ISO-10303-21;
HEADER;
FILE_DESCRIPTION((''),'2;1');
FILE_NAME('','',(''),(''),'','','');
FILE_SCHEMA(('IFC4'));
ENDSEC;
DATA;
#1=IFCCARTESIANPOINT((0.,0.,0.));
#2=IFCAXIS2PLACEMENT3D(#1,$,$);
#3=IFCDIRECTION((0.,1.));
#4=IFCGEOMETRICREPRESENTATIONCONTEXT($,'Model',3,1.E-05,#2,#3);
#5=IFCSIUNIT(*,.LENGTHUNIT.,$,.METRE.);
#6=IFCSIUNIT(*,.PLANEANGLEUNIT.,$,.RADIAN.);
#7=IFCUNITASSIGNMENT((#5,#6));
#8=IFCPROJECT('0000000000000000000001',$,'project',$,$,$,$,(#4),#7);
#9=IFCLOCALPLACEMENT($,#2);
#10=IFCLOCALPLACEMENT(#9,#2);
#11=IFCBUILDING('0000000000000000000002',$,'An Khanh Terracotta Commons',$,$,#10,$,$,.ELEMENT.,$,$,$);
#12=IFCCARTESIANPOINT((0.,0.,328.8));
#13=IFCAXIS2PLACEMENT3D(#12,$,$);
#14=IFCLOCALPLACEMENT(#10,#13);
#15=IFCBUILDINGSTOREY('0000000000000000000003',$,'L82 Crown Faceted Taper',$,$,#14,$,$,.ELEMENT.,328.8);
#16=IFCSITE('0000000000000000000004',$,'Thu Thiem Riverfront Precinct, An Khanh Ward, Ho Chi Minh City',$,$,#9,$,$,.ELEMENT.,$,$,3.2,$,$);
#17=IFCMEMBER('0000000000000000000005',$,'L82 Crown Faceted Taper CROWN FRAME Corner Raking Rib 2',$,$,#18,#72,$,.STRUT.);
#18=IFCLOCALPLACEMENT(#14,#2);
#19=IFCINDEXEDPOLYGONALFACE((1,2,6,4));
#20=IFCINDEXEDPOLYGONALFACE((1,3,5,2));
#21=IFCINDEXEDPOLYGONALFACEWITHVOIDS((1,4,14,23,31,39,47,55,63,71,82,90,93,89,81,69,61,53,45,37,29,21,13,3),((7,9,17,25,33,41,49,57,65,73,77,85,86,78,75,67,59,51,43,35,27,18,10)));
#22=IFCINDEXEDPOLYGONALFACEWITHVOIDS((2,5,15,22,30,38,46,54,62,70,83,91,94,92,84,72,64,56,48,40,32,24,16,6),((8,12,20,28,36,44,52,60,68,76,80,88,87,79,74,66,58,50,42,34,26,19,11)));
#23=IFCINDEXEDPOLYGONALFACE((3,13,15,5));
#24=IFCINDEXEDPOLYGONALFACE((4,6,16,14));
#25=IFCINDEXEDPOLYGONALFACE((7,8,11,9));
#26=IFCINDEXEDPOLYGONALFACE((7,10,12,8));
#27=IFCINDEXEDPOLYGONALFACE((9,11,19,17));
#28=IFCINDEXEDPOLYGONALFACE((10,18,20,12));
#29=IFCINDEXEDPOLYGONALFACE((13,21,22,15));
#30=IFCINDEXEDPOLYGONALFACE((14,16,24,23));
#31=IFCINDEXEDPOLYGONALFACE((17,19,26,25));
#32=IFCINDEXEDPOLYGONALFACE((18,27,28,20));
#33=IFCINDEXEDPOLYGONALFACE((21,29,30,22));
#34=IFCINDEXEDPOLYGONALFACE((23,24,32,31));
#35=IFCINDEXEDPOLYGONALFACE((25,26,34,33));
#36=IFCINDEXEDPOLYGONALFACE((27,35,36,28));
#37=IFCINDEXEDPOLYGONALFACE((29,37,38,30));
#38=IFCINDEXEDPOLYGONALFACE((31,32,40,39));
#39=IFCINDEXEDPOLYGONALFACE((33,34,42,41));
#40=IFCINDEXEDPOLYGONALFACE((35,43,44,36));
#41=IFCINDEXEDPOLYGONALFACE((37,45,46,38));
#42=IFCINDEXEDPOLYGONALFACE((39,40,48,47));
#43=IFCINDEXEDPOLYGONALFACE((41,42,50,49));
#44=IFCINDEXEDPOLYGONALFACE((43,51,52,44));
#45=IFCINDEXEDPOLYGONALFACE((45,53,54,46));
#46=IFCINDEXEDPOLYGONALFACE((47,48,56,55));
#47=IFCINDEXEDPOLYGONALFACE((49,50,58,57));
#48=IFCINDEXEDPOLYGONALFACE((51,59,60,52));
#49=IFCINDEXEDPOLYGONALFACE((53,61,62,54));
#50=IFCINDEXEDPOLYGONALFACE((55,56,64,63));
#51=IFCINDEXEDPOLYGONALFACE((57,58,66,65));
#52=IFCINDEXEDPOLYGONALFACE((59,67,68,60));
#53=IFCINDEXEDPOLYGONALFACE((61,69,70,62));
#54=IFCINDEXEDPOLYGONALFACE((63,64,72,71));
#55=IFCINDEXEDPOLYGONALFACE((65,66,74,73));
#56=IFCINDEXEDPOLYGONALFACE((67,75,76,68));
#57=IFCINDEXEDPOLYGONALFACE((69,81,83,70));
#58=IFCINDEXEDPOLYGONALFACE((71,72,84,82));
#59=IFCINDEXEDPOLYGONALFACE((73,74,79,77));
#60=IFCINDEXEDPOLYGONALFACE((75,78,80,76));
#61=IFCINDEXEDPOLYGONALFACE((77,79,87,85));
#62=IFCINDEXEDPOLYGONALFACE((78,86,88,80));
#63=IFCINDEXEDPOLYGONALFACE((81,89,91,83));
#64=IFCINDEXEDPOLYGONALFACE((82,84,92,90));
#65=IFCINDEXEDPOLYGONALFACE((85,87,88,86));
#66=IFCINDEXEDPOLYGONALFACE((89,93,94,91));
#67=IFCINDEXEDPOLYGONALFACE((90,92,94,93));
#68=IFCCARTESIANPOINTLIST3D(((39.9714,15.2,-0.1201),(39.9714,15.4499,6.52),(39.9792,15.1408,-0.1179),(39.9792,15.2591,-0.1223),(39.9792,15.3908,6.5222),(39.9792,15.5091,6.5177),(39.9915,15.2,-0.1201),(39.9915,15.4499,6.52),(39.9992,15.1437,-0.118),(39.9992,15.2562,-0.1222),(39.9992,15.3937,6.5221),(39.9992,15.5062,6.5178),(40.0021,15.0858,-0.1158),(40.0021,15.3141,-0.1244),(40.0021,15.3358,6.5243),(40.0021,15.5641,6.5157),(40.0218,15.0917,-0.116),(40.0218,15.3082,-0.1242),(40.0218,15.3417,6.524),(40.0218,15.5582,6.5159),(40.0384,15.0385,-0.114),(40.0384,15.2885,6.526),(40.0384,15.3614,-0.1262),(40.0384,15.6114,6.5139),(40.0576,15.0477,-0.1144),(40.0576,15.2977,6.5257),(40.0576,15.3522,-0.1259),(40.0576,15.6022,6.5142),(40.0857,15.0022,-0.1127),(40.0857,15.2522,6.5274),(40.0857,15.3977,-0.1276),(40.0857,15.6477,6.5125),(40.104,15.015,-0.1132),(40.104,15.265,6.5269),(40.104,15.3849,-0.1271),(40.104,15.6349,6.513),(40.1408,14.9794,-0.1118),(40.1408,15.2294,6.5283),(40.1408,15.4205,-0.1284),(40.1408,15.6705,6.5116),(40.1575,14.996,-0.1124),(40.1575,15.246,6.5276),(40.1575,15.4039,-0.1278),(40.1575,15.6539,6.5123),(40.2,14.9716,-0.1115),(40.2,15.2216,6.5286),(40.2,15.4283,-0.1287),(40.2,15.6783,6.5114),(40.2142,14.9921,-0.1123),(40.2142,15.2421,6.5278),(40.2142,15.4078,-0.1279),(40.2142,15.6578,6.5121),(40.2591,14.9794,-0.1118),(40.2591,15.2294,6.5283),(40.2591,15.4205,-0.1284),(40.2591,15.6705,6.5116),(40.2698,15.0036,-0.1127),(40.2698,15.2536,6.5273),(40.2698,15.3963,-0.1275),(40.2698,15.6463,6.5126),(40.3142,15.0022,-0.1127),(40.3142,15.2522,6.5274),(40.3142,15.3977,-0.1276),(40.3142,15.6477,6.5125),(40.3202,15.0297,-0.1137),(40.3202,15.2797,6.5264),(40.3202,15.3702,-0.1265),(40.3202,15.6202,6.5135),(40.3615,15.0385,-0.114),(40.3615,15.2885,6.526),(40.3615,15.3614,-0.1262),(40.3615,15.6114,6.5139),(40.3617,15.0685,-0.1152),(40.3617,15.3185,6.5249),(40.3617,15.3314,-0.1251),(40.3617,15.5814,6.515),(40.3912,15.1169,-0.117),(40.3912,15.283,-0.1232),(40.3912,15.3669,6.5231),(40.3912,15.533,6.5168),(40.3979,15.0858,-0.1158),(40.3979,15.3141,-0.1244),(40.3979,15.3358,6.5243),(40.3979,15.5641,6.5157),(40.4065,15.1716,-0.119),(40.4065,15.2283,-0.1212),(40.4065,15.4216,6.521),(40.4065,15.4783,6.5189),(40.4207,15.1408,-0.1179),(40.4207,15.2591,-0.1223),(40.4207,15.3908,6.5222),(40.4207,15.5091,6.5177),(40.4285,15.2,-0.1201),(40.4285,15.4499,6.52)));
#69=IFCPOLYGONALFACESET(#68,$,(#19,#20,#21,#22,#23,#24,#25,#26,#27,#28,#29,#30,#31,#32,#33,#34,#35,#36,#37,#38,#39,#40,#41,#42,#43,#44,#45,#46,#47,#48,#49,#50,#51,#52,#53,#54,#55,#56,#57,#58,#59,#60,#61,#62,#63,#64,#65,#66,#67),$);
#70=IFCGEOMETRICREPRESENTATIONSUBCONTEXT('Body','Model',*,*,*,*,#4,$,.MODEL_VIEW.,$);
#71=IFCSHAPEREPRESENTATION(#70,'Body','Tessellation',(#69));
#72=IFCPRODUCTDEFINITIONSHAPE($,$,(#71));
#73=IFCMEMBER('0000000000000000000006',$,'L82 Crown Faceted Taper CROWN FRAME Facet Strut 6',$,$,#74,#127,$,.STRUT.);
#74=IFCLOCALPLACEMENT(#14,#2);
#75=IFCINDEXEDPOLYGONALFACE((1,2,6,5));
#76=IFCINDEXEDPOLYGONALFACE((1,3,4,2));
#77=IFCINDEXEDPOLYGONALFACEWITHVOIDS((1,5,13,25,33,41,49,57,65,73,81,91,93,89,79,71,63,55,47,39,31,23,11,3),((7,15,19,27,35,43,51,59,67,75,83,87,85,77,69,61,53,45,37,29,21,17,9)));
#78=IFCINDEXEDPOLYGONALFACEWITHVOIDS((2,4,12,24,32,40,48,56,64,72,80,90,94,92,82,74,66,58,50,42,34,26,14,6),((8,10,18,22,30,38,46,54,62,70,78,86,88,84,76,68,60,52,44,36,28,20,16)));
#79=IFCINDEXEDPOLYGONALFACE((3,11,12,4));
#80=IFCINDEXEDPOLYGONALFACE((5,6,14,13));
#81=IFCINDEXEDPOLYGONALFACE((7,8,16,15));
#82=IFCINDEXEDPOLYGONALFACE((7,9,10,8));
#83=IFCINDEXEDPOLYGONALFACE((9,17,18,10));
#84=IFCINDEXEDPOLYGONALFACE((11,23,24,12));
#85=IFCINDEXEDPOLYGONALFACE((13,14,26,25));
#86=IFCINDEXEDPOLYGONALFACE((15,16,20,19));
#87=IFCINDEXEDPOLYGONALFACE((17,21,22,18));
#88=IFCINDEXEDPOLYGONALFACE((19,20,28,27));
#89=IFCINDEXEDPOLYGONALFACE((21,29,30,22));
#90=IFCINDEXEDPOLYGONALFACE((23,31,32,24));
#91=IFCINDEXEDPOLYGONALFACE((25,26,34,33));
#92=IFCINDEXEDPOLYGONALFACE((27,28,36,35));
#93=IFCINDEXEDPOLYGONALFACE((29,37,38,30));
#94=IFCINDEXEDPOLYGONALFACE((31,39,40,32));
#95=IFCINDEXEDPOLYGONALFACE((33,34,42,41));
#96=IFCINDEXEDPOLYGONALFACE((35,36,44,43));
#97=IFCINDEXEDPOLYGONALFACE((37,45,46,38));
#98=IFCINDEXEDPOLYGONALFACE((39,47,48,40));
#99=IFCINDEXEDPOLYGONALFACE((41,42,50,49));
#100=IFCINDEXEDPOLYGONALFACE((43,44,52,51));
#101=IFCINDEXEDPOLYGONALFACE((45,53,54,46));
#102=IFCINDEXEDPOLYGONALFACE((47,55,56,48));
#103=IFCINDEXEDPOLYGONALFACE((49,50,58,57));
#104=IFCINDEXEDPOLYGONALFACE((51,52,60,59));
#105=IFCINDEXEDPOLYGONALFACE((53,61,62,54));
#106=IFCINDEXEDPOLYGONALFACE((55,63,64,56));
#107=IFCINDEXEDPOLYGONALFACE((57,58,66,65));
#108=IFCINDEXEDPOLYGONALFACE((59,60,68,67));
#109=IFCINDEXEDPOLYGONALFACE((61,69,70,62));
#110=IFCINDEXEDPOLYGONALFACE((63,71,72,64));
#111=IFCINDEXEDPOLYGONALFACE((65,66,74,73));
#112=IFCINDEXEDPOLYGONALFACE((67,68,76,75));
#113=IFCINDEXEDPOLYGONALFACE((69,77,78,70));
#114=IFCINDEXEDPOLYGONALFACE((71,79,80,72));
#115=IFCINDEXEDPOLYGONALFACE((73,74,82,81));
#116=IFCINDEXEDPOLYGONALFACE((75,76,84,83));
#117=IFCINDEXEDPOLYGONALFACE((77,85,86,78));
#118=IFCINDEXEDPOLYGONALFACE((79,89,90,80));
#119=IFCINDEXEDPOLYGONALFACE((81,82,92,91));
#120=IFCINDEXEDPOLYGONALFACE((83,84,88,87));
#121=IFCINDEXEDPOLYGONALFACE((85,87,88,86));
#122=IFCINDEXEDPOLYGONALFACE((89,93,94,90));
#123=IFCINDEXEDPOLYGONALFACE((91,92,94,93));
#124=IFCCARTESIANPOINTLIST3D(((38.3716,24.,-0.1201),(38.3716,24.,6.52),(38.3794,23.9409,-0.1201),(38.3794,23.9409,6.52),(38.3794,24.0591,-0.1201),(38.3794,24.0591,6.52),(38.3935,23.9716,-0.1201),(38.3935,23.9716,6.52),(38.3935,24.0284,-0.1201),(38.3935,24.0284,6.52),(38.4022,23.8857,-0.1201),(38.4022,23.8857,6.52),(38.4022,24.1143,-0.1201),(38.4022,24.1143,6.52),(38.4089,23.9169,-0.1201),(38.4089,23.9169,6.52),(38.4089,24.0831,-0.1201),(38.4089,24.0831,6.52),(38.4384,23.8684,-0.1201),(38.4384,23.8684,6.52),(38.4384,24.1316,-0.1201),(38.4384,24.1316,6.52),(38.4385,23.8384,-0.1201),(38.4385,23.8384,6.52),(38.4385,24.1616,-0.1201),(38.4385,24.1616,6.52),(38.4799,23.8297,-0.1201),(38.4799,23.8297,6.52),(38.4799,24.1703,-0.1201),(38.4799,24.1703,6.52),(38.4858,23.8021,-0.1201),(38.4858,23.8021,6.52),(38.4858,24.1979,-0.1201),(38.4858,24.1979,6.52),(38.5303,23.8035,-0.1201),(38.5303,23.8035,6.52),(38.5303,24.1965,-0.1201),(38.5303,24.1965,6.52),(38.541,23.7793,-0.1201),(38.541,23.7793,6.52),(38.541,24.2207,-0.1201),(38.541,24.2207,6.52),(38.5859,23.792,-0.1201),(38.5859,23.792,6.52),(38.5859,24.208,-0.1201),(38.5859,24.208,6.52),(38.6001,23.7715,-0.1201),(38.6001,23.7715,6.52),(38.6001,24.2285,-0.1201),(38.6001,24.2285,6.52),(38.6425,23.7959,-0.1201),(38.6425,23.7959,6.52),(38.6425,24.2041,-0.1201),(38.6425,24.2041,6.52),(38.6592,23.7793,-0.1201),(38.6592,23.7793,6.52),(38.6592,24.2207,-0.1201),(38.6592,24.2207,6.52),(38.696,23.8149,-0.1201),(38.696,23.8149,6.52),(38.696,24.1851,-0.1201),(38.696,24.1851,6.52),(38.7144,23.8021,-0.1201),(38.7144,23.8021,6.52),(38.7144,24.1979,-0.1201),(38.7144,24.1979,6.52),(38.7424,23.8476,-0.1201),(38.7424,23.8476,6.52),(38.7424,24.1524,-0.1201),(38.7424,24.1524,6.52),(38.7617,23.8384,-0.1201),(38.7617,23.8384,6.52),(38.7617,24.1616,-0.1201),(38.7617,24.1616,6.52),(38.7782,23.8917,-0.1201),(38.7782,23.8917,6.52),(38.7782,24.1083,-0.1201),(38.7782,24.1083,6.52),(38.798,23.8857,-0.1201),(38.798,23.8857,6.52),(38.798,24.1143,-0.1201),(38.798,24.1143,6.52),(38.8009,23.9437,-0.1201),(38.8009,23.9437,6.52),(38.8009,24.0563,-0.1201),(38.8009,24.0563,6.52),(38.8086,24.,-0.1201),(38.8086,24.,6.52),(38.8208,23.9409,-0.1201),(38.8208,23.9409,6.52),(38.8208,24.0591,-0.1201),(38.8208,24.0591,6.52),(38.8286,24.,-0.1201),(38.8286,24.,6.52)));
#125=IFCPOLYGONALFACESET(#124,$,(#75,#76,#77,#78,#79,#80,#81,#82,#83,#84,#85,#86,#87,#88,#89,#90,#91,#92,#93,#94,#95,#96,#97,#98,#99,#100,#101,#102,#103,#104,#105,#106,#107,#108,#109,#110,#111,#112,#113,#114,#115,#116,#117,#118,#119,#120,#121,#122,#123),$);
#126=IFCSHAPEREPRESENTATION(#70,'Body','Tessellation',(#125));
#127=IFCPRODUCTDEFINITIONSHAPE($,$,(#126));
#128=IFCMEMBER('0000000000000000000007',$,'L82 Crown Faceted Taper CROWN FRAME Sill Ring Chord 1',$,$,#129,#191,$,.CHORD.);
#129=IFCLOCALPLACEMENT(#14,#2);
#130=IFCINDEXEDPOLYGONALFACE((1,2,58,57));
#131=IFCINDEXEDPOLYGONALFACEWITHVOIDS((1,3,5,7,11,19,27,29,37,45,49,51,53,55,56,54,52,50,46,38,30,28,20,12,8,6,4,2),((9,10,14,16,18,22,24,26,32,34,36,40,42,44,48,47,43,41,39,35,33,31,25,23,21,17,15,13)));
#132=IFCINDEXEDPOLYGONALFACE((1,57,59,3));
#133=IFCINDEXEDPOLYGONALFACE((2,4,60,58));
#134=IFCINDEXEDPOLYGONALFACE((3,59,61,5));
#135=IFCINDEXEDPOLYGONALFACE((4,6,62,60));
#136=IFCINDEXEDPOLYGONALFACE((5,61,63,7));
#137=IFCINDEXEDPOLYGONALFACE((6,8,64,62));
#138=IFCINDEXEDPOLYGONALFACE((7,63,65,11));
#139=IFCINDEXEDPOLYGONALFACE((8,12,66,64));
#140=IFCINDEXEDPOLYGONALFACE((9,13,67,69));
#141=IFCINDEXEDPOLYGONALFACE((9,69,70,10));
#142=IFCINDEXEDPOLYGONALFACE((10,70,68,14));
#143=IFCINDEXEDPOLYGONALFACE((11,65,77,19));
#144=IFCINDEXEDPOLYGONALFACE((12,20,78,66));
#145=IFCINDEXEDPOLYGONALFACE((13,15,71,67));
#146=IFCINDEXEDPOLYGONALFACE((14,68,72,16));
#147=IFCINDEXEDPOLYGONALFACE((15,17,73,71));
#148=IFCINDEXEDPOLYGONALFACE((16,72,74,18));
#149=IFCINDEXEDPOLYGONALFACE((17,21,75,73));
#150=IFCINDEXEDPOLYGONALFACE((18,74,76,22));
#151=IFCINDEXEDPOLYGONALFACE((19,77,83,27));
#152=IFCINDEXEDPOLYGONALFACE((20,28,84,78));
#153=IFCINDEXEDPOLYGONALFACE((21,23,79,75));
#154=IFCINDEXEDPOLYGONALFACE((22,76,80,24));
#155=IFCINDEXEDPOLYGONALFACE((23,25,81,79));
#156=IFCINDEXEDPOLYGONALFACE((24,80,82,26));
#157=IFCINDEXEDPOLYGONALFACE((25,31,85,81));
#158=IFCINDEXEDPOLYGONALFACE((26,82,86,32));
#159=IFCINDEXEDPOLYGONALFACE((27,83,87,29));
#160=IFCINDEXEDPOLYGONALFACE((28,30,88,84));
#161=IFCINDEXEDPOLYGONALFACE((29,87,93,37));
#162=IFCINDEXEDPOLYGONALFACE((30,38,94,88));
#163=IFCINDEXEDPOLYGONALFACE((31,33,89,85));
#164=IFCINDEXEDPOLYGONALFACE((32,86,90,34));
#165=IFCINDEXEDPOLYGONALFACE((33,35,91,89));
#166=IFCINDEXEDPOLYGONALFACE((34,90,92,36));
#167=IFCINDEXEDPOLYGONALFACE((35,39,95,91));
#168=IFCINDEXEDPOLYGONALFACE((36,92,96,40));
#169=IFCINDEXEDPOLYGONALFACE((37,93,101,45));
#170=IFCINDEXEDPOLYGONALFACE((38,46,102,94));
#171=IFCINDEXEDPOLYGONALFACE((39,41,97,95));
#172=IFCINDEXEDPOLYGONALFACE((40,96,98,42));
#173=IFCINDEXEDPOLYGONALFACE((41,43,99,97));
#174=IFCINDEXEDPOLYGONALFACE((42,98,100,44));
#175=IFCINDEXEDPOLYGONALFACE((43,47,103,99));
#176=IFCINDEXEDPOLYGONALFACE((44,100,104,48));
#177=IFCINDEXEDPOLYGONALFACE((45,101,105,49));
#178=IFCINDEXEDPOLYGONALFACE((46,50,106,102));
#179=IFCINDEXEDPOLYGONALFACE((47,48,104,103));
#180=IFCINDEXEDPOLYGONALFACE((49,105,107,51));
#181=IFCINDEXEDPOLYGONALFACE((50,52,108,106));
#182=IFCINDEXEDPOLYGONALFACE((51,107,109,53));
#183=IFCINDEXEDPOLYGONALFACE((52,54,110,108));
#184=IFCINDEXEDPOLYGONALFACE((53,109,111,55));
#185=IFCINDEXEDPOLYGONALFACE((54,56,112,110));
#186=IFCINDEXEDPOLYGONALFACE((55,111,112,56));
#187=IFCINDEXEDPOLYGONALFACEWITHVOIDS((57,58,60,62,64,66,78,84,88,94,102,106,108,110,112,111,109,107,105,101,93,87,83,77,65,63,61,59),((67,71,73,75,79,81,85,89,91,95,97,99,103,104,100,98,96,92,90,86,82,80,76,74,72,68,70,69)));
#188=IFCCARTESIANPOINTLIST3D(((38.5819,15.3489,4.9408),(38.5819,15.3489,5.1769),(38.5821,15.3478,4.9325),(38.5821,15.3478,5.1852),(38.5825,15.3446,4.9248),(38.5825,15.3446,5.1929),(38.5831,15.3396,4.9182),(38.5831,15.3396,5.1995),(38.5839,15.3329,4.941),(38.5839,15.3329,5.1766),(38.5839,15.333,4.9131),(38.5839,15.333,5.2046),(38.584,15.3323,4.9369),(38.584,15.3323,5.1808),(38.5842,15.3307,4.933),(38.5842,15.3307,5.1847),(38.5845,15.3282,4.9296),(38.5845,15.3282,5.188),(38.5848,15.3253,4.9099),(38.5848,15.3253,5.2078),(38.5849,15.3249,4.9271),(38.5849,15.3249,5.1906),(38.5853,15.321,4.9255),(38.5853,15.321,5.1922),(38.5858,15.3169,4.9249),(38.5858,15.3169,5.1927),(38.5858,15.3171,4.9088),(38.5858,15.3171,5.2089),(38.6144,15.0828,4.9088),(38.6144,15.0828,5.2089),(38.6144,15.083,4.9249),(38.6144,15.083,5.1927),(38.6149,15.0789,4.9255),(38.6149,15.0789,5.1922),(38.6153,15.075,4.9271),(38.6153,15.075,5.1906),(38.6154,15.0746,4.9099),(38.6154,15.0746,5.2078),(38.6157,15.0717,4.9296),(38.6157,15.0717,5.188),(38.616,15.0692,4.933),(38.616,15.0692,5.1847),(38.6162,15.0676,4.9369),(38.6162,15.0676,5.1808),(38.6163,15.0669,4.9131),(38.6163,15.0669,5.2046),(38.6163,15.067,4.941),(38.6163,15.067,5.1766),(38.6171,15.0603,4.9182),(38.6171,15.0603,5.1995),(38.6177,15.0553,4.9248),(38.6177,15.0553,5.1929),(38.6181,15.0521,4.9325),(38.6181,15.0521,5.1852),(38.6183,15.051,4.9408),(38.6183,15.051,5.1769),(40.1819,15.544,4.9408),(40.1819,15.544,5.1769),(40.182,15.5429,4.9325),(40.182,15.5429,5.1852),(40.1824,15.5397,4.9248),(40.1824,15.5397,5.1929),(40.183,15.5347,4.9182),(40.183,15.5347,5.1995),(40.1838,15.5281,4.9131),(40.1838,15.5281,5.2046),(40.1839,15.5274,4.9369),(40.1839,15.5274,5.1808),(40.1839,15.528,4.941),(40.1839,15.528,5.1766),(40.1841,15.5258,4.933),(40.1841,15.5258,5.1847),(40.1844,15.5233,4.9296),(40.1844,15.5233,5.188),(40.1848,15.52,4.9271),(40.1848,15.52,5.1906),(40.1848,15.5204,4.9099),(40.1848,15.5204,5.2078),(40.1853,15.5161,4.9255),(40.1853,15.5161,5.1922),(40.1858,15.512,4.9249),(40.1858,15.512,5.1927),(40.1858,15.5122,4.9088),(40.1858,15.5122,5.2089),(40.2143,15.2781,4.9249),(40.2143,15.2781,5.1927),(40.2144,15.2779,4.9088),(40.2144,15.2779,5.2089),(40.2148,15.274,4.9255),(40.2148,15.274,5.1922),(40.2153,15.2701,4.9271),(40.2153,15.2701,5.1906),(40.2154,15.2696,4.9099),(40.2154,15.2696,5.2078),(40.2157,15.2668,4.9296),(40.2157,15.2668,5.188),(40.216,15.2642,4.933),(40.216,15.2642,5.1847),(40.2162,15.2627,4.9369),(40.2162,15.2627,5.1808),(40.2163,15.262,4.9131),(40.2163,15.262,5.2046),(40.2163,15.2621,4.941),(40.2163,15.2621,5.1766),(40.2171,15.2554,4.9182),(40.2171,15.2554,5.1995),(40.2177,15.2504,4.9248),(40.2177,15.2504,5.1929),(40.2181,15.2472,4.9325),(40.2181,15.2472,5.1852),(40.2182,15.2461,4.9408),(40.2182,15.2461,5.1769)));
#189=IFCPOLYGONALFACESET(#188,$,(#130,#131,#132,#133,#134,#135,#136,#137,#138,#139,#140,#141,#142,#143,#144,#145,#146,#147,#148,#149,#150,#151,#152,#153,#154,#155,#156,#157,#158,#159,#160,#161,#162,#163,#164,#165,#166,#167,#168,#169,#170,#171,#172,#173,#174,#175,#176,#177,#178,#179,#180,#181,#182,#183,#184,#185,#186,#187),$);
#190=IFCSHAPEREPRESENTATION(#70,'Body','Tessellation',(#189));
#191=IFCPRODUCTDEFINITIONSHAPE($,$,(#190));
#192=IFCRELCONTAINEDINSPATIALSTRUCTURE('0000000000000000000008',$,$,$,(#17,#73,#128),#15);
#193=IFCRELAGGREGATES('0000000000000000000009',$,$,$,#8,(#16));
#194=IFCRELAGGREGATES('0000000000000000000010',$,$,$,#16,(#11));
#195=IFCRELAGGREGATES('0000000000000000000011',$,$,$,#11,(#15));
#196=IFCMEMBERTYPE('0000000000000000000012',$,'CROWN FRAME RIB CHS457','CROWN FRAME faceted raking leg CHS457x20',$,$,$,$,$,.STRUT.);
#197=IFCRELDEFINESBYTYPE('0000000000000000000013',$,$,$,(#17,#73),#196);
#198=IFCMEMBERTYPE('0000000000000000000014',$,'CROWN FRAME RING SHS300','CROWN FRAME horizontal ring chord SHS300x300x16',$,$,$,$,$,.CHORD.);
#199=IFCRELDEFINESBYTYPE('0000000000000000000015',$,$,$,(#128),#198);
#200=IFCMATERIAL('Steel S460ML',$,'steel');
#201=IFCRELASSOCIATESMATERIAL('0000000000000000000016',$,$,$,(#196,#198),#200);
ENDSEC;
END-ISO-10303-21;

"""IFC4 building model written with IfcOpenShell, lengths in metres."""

from ifc_helpers import new_model, si_unit, direction, frame, origin, origin_2d, place, context, subcontext, project, spatial, hollow_rectangle, hollow_circle, extrude, material, material_profile, profile_set, type_object, element, save


model = new_model("IFC4")

# Units and contexts
model_context = context("Model", 3, precision=1e-05, world=origin(), true_north=direction((0.0, 1.0)))
body_context = subcontext(model_context, "Body", "Model", "MODEL_VIEW")
ifc_project = project(units=[si_unit("LENGTHUNIT", "METRE"), si_unit("PLANEANGLEUNIT", "RADIAN")], contexts=[model_context])

# Site, building, storey
site_placement = place(None, origin())
site = spatial("IfcSite", under=ifc_project, at=site_placement, Name="Thu Thiem Riverfront Precinct, An Khanh Ward, Ho Chi Minh City", CompositionType="ELEMENT", RefElevation=3.2)
building_placement = place(site_placement, origin())
building = spatial("IfcBuilding", under=site, at=building_placement, Name="An Khanh Terracotta Commons", CompositionType="ELEMENT")
storey_placement = place(building_placement, frame((0.0, 0.0, 328.8)))
storey = spatial("IfcBuildingStorey", under=building, at=storey_placement, Name="L82 Crown Faceted Taper", CompositionType="ELEMENT", Elevation=328.8)

# Members
ifc_material_1 = material(Name="Steel S460ML", Category="steel")
ifc_material_profile_1 = material_profile(ifc_material_1, hollow_circle(Radius=0.2285, WallThickness=0.02, at=origin_2d()), Name="CHS457x20")
ifc_profile_set_1 = profile_set([ifc_material_profile_1], Name="Steel S460ML")
member_type_1 = type_object("IfcMemberType", Name="CROWN FRAME RIB CHS457", Description="CROWN FRAME faceted raking leg CHS457x20", PredefinedType="STRUT", material=ifc_profile_set_1)
member_1_placement = place(storey_placement, frame((40.2, 15.2, -0.1201), z_axis=(0.0, 0.037623, 0.999292), x_axis=(-1.0, 0.0, 0.0)))
element("IfcMember", 1, at=member_1_placement, inside=storey, type_object=member_type_1, Name="L82 Crown Faceted Taper CROWN FRAME Corner Raking Rib 2", PredefinedType="STRUT", context=body_context, shape_type="SweptSolid", body=[
    extrude(hollow_circle(Radius=0.2285, WallThickness=0.02, at=origin_2d()), origin(), (0.0, 0.0, 1.0), 6.6448),
])
member_2_placement = place(storey_placement, frame((38.6001, 24.0, -0.1201), z_axis=(0.0, 0.0, 1.0), x_axis=(1.0, 0.0, 0.0)))
element("IfcMember", 2, at=member_2_placement, inside=storey, type_object=member_type_1, Name="L82 Crown Faceted Taper CROWN FRAME Facet Strut 6", PredefinedType="STRUT", context=body_context, shape_type="SweptSolid", body=[
    extrude(hollow_circle(Radius=0.2285, WallThickness=0.02, at=origin_2d()), origin(), (0.0, 0.0, 1.0), 6.6401),
])
ifc_material_profile_2 = material_profile(ifc_material_1, hollow_rectangle(XDim=0.3, YDim=0.3, WallThickness=0.0161, InnerFilletRadius=0.0161, OuterFilletRadius=0.032, at=origin_2d()), Name="SHS300x300x16")
ifc_profile_set_2 = profile_set([ifc_material_profile_2], Name="Steel S460ML")
member_type_2 = type_object("IfcMemberType", Name="CROWN FRAME RING SHS300", Description="CROWN FRAME horizontal ring chord SHS300x300x16", PredefinedType="CHORD", material=ifc_profile_set_2)
member_3_placement = place(storey_placement, frame((38.6001, 15.2, 5.0588), z_axis=(0.992649, 0.121033, 0.0), x_axis=(-0.121033, 0.992649, 0.0)))
element("IfcMember", 3, at=member_3_placement, inside=storey, type_object=member_type_2, Name="L82 Crown Faceted Taper CROWN FRAME Sill Ring Chord 1", PredefinedType="CHORD", context=body_context, shape_type="SweptSolid", body=[
    extrude(hollow_rectangle(XDim=0.3, YDim=0.3, WallThickness=0.0161, InnerFilletRadius=0.0161, OuterFilletRadius=0.032, at=origin_2d()), origin(), (0.0, 0.0, 1.0), 1.6118),
])

save(model, "model.ifc")
